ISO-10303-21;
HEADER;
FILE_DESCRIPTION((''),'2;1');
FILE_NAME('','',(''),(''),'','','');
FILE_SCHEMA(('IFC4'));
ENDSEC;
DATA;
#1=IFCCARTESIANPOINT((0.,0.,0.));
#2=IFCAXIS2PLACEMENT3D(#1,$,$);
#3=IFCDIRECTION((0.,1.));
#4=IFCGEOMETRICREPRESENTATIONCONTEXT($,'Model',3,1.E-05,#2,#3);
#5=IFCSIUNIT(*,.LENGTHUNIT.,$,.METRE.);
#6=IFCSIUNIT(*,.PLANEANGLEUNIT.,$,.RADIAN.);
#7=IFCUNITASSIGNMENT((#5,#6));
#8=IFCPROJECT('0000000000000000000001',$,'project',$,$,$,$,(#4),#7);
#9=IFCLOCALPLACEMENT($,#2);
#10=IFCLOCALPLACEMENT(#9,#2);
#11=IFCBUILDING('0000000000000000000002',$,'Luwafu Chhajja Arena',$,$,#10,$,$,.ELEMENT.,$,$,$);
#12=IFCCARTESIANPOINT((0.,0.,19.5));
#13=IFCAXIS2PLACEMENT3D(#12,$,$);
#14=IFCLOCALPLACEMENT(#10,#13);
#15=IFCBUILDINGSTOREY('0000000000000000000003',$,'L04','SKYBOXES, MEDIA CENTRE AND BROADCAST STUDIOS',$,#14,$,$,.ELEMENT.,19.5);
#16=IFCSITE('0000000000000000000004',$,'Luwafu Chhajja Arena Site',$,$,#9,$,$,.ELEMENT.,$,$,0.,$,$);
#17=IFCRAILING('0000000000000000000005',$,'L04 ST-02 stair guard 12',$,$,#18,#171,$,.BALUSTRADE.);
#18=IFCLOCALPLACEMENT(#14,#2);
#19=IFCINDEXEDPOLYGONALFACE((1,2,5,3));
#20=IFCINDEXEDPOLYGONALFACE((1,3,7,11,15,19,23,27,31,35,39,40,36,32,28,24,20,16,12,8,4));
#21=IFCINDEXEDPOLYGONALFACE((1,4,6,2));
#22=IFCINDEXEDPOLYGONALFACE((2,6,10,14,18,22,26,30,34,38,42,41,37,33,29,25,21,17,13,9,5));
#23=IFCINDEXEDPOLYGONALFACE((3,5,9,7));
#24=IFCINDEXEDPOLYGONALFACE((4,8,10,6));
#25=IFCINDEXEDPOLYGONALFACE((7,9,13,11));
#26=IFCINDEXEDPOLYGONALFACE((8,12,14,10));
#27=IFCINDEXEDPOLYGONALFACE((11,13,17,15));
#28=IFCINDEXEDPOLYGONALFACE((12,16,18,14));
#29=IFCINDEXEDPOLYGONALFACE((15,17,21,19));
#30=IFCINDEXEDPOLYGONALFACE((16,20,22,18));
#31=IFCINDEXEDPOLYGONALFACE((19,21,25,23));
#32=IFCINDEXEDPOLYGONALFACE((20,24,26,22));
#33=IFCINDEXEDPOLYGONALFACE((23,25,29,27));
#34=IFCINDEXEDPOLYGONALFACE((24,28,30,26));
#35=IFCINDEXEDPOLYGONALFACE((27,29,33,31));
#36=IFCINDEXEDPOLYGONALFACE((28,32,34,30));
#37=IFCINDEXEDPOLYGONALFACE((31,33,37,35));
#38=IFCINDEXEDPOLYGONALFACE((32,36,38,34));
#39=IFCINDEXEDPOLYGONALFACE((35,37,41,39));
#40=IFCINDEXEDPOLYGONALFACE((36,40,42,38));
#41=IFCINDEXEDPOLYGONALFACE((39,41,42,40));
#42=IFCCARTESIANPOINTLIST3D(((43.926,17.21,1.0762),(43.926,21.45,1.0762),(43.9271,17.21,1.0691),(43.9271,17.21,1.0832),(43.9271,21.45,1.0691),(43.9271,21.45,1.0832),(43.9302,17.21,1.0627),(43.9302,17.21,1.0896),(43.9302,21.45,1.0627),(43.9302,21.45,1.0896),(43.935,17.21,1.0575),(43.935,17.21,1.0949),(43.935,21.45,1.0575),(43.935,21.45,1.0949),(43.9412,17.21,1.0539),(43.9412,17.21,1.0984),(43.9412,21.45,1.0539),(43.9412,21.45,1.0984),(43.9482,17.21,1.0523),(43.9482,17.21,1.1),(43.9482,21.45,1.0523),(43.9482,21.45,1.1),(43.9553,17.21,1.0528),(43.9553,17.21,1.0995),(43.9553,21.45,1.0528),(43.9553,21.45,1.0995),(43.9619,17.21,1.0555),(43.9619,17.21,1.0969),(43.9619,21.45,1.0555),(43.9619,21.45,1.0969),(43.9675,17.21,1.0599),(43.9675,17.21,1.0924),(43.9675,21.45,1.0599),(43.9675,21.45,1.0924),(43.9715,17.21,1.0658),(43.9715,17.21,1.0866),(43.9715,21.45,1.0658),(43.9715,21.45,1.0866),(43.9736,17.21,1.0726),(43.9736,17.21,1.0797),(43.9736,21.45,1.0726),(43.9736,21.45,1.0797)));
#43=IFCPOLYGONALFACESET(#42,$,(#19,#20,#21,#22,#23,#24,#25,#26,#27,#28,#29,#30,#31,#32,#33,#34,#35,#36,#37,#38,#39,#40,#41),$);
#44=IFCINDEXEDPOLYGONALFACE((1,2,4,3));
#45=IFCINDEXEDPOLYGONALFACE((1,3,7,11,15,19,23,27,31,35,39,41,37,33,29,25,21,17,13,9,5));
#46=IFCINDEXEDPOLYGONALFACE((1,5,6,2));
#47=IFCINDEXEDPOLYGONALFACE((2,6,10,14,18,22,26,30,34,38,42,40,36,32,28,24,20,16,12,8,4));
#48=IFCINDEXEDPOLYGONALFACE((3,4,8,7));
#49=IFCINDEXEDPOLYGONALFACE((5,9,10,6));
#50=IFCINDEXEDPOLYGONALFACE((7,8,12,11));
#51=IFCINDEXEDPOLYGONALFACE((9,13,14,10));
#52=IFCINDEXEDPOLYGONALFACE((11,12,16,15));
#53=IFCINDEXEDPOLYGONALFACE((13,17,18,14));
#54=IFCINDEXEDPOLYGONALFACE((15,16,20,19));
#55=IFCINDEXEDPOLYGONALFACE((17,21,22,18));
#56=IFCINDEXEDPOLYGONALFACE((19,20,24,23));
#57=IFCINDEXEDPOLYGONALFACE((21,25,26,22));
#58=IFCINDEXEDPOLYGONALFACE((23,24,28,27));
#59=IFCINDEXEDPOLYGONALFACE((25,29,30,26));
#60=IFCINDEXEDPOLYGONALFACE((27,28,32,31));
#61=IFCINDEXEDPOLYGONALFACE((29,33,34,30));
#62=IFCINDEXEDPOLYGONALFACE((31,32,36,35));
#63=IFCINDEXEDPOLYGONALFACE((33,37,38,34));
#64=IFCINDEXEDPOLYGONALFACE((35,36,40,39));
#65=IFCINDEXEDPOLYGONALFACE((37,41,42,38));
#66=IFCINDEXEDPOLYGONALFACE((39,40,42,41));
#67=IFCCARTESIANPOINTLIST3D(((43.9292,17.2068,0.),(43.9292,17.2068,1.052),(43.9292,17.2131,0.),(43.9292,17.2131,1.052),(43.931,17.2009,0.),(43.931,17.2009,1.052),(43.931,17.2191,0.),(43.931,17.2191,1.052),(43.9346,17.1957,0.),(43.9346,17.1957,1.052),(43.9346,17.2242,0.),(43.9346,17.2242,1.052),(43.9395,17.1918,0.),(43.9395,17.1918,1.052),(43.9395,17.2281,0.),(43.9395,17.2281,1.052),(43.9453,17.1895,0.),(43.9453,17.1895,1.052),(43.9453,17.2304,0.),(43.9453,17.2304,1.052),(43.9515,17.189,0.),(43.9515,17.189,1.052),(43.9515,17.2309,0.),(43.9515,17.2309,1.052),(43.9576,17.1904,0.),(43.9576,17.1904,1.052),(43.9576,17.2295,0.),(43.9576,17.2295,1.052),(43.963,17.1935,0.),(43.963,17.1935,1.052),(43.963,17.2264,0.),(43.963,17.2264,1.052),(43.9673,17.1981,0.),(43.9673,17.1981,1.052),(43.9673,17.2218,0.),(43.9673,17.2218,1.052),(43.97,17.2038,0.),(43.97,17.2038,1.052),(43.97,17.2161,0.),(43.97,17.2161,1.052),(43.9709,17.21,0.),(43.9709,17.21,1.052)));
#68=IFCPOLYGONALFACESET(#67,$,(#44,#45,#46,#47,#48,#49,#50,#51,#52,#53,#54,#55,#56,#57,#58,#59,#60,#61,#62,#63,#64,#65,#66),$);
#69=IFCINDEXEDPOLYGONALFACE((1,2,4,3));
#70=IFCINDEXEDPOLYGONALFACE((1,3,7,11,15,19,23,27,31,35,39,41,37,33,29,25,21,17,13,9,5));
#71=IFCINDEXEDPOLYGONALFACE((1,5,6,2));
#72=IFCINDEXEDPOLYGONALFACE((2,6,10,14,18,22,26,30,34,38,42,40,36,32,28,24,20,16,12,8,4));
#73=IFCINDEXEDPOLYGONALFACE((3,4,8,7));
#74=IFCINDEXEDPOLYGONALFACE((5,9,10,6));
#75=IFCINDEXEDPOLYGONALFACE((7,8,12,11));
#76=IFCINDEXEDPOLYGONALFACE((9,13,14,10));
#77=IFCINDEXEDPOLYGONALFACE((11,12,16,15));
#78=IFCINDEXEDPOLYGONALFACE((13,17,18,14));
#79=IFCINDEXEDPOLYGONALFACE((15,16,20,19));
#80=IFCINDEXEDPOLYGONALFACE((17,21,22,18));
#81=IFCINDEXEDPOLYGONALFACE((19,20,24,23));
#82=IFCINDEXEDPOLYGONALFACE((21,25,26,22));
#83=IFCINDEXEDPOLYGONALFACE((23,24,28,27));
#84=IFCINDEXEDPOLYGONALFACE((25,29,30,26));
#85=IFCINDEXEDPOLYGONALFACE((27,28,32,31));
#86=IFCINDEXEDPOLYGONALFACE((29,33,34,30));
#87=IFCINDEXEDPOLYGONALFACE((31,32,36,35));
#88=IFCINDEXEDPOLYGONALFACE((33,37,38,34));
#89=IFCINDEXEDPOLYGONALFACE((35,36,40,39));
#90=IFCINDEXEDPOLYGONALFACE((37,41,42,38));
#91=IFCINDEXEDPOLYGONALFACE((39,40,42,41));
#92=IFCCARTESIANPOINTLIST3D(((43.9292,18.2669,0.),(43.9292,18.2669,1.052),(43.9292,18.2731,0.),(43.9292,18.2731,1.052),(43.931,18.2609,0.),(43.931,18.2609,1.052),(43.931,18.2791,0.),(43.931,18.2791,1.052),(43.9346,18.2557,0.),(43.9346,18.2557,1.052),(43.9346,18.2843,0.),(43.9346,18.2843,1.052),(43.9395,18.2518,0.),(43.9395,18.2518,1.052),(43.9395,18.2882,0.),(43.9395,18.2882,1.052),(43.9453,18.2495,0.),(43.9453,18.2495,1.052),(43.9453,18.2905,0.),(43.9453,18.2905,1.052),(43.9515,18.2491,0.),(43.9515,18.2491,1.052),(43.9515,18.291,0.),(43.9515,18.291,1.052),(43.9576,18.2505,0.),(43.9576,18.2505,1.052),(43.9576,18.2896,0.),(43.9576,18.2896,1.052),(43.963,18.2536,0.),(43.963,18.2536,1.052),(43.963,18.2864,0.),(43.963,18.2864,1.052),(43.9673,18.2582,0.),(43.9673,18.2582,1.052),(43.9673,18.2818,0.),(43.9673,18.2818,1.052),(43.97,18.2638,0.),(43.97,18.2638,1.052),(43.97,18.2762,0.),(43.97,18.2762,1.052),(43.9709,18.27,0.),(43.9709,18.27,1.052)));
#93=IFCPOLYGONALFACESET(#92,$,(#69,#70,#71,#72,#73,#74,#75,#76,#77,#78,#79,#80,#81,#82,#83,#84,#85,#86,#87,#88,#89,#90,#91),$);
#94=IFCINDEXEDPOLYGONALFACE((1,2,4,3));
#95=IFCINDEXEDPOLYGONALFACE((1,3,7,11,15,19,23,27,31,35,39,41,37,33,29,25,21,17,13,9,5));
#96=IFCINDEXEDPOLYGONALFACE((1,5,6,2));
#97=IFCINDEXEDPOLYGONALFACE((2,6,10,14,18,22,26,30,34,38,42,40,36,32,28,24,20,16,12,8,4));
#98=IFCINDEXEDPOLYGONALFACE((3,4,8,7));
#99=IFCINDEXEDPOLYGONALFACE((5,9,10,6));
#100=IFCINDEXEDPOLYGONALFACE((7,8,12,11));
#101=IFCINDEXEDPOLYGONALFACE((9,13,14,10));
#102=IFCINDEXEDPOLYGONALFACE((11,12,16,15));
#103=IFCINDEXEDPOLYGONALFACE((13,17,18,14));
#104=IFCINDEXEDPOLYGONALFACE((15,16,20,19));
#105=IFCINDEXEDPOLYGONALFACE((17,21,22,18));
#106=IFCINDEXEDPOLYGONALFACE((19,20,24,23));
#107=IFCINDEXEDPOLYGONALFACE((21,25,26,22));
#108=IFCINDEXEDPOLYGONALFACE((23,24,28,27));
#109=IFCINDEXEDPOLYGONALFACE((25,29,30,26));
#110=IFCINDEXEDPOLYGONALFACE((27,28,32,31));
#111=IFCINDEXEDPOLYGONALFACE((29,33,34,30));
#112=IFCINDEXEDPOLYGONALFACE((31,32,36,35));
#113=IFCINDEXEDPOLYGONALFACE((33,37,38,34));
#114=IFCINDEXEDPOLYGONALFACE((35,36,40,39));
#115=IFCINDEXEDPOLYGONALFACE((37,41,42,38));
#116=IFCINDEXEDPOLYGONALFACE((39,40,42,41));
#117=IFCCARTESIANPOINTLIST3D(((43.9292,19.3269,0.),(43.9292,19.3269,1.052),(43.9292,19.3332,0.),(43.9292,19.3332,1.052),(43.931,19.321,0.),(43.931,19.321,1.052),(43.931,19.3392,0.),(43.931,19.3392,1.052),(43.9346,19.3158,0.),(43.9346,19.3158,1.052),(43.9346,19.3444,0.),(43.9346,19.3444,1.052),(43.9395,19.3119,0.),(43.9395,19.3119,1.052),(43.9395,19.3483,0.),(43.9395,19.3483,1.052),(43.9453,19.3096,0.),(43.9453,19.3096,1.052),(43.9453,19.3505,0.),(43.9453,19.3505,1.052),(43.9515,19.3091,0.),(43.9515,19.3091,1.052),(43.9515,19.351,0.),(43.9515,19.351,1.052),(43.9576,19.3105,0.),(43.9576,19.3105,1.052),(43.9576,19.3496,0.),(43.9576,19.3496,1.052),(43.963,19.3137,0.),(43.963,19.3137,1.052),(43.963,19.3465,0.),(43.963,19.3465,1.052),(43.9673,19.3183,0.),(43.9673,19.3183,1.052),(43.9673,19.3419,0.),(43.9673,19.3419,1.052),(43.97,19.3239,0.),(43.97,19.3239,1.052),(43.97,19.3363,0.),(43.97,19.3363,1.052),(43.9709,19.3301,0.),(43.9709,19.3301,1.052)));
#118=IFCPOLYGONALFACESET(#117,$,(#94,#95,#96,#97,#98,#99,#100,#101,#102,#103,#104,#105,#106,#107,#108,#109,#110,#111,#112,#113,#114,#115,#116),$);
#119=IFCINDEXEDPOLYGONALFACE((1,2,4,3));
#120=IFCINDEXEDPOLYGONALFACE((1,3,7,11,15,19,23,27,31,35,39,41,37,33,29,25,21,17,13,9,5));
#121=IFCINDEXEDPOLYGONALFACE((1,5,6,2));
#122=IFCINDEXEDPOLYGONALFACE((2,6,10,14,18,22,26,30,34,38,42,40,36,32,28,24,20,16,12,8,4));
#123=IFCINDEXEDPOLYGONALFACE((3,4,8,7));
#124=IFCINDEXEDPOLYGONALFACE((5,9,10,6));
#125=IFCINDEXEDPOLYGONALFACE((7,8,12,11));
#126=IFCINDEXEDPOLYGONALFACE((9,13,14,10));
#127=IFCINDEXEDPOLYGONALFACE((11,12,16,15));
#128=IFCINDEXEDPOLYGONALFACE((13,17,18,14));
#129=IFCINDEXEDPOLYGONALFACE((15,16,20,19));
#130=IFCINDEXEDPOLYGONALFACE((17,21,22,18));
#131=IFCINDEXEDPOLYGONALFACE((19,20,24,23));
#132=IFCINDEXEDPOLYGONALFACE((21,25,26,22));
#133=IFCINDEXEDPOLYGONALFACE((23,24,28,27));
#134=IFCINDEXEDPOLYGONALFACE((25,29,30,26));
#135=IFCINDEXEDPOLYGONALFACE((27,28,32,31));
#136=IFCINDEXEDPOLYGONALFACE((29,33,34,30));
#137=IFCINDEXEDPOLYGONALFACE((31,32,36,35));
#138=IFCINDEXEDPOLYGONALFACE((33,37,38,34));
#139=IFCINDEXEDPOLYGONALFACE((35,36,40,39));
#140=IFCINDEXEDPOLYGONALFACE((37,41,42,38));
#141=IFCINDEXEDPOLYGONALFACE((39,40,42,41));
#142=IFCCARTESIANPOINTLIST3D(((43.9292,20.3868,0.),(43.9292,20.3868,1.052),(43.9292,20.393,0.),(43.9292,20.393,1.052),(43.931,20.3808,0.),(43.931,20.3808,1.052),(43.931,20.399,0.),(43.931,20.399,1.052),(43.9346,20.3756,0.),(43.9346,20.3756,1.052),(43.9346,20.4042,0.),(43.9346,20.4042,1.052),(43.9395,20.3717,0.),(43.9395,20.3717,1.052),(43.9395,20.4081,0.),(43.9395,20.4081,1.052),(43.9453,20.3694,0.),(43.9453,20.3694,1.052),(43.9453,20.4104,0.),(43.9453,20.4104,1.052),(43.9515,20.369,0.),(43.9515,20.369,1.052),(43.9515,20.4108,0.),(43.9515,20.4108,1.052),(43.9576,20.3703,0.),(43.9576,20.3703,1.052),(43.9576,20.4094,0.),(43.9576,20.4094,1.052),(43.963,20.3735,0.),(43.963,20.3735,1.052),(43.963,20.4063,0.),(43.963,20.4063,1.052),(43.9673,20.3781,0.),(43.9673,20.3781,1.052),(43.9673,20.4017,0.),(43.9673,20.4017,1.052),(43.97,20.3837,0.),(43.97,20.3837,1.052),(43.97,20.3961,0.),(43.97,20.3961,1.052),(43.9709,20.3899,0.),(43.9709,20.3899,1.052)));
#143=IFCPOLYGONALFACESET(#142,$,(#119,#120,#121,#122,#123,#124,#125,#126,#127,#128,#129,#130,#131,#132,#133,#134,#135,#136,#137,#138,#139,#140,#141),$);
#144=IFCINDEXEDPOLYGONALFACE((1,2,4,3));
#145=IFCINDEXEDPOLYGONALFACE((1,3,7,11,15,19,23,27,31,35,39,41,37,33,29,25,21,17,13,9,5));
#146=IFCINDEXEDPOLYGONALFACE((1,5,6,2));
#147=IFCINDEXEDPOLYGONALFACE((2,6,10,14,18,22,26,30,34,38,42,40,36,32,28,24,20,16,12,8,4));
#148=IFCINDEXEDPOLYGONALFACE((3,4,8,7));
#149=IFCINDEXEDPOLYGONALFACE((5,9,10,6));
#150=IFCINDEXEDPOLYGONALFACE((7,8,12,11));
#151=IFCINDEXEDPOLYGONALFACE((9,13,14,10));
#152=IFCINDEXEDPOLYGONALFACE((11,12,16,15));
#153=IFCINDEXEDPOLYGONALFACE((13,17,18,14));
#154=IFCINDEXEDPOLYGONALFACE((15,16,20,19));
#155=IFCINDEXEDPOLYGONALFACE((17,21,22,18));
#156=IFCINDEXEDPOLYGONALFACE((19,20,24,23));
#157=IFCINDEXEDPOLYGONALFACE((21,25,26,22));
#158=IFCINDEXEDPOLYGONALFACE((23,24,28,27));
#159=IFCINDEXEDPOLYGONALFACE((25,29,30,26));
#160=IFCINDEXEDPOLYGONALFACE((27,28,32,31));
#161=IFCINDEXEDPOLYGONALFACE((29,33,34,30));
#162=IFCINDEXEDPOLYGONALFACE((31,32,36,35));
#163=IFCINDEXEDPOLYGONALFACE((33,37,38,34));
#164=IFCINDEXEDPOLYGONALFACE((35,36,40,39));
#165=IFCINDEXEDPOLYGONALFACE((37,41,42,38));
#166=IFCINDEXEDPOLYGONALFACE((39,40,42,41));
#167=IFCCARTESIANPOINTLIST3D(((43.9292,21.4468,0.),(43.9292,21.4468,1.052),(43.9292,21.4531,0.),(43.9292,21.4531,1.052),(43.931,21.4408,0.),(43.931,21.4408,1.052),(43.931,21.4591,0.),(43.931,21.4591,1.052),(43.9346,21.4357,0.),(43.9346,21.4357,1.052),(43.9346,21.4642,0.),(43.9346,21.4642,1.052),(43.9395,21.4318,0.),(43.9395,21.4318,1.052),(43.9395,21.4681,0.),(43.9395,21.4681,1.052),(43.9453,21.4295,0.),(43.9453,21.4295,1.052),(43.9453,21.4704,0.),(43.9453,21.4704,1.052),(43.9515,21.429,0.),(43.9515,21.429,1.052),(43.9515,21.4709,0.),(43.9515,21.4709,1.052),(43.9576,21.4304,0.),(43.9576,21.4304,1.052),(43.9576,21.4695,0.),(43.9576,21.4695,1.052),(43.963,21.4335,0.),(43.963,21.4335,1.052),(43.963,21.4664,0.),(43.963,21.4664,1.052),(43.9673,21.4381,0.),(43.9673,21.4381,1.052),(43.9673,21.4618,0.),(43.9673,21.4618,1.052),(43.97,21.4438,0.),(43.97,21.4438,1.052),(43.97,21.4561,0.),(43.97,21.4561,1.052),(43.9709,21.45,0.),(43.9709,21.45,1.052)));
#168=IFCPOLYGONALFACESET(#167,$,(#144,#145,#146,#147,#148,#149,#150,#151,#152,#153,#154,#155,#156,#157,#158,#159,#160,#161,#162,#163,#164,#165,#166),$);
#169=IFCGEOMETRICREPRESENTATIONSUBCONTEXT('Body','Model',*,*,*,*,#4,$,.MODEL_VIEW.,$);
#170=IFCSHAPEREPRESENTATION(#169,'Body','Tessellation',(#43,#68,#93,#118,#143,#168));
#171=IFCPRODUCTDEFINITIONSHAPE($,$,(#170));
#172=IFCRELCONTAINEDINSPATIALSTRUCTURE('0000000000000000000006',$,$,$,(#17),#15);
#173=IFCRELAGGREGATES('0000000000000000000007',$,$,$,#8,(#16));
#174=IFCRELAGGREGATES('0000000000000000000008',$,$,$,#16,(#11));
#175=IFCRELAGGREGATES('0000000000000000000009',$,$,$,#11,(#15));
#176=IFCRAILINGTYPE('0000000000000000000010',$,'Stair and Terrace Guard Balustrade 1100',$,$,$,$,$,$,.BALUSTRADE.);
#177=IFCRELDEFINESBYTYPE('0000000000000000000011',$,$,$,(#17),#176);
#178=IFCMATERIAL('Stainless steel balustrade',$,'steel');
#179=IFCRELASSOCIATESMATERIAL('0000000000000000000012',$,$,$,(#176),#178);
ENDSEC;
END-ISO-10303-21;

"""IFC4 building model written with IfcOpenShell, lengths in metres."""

from ifc_helpers import new_model, si_unit, direction, frame, origin, origin_2d, place, context, subcontext, project, spatial, circle, extrude, material, type_object, element, save


model = new_model("IFC4")

# Units and contexts
model_context = context("Model", 3, precision=1e-05, world=origin(), true_north=direction((0.0, 1.0)))
body_context = subcontext(model_context, "Body", "Model", "MODEL_VIEW")
ifc_project = project(units=[si_unit("LENGTHUNIT", "METRE"), si_unit("PLANEANGLEUNIT", "RADIAN")], contexts=[model_context])

# Site, building, storey
site_placement = place(None, origin())
site = spatial("IfcSite", under=ifc_project, at=site_placement, Name="Luwafu Chhajja Arena Site", CompositionType="ELEMENT", RefElevation=0.0)
building_placement = place(site_placement, origin())
building = spatial("IfcBuilding", under=site, at=building_placement, Name="Luwafu Chhajja Arena", CompositionType="ELEMENT")
storey_placement = place(building_placement, frame((0.0, 0.0, 19.5)))
storey = spatial("IfcBuildingStorey", under=building, at=storey_placement, Name="L04", Description="SKYBOXES, MEDIA CENTRE AND BROADCAST STUDIOS", CompositionType="ELEMENT", Elevation=19.5)

# Railing
ifc_material_1 = material(Name="Stainless steel balustrade", Category="steel")
railing_type_1 = type_object("IfcRailingType", Name="Stair and Terrace Guard Balustrade 1100", PredefinedType="BALUSTRADE", material=ifc_material_1)
railing_1_placement = place(storey_placement, frame((43.95, 17.21, 0.0)))
element("IfcRailing", 1, at=railing_1_placement, inside=storey, type_object=railing_type_1, Name="L04 ST-02 stair guard 12", PredefinedType="BALUSTRADE", context=body_context, shape_type="SweptSolid", body=[
    extrude(circle(Radius=0.0239, at=origin_2d()), frame((0.0, 0.0, 1.0762), z_axis=(0.0, 1.0, 0.0), x_axis=(-1.0, 0.0, 0.0)), (0.0, 0.0, 1.0), 4.24),
    extrude(circle(Radius=0.021, at=origin_2d()), origin(), (0.0, 0.0, 1.0), 1.052),
    extrude(circle(Radius=0.021, at=origin_2d()), frame((0.0, 1.0601, 0.0)), (0.0, 0.0, 1.0), 1.052),
    extrude(circle(Radius=0.021, at=origin_2d()), frame((0.0, 2.1201, 0.0)), (0.0, 0.0, 1.0), 1.052),
    extrude(circle(Radius=0.021, at=origin_2d()), frame((0.0, 3.1799, 0.0)), (0.0, 0.0, 1.0), 1.052),
    extrude(circle(Radius=0.021, at=origin_2d()), frame((0.0, 4.24, 0.0)), (0.0, 0.0, 1.0), 1.052),
])

save(model, "model.ifc")
